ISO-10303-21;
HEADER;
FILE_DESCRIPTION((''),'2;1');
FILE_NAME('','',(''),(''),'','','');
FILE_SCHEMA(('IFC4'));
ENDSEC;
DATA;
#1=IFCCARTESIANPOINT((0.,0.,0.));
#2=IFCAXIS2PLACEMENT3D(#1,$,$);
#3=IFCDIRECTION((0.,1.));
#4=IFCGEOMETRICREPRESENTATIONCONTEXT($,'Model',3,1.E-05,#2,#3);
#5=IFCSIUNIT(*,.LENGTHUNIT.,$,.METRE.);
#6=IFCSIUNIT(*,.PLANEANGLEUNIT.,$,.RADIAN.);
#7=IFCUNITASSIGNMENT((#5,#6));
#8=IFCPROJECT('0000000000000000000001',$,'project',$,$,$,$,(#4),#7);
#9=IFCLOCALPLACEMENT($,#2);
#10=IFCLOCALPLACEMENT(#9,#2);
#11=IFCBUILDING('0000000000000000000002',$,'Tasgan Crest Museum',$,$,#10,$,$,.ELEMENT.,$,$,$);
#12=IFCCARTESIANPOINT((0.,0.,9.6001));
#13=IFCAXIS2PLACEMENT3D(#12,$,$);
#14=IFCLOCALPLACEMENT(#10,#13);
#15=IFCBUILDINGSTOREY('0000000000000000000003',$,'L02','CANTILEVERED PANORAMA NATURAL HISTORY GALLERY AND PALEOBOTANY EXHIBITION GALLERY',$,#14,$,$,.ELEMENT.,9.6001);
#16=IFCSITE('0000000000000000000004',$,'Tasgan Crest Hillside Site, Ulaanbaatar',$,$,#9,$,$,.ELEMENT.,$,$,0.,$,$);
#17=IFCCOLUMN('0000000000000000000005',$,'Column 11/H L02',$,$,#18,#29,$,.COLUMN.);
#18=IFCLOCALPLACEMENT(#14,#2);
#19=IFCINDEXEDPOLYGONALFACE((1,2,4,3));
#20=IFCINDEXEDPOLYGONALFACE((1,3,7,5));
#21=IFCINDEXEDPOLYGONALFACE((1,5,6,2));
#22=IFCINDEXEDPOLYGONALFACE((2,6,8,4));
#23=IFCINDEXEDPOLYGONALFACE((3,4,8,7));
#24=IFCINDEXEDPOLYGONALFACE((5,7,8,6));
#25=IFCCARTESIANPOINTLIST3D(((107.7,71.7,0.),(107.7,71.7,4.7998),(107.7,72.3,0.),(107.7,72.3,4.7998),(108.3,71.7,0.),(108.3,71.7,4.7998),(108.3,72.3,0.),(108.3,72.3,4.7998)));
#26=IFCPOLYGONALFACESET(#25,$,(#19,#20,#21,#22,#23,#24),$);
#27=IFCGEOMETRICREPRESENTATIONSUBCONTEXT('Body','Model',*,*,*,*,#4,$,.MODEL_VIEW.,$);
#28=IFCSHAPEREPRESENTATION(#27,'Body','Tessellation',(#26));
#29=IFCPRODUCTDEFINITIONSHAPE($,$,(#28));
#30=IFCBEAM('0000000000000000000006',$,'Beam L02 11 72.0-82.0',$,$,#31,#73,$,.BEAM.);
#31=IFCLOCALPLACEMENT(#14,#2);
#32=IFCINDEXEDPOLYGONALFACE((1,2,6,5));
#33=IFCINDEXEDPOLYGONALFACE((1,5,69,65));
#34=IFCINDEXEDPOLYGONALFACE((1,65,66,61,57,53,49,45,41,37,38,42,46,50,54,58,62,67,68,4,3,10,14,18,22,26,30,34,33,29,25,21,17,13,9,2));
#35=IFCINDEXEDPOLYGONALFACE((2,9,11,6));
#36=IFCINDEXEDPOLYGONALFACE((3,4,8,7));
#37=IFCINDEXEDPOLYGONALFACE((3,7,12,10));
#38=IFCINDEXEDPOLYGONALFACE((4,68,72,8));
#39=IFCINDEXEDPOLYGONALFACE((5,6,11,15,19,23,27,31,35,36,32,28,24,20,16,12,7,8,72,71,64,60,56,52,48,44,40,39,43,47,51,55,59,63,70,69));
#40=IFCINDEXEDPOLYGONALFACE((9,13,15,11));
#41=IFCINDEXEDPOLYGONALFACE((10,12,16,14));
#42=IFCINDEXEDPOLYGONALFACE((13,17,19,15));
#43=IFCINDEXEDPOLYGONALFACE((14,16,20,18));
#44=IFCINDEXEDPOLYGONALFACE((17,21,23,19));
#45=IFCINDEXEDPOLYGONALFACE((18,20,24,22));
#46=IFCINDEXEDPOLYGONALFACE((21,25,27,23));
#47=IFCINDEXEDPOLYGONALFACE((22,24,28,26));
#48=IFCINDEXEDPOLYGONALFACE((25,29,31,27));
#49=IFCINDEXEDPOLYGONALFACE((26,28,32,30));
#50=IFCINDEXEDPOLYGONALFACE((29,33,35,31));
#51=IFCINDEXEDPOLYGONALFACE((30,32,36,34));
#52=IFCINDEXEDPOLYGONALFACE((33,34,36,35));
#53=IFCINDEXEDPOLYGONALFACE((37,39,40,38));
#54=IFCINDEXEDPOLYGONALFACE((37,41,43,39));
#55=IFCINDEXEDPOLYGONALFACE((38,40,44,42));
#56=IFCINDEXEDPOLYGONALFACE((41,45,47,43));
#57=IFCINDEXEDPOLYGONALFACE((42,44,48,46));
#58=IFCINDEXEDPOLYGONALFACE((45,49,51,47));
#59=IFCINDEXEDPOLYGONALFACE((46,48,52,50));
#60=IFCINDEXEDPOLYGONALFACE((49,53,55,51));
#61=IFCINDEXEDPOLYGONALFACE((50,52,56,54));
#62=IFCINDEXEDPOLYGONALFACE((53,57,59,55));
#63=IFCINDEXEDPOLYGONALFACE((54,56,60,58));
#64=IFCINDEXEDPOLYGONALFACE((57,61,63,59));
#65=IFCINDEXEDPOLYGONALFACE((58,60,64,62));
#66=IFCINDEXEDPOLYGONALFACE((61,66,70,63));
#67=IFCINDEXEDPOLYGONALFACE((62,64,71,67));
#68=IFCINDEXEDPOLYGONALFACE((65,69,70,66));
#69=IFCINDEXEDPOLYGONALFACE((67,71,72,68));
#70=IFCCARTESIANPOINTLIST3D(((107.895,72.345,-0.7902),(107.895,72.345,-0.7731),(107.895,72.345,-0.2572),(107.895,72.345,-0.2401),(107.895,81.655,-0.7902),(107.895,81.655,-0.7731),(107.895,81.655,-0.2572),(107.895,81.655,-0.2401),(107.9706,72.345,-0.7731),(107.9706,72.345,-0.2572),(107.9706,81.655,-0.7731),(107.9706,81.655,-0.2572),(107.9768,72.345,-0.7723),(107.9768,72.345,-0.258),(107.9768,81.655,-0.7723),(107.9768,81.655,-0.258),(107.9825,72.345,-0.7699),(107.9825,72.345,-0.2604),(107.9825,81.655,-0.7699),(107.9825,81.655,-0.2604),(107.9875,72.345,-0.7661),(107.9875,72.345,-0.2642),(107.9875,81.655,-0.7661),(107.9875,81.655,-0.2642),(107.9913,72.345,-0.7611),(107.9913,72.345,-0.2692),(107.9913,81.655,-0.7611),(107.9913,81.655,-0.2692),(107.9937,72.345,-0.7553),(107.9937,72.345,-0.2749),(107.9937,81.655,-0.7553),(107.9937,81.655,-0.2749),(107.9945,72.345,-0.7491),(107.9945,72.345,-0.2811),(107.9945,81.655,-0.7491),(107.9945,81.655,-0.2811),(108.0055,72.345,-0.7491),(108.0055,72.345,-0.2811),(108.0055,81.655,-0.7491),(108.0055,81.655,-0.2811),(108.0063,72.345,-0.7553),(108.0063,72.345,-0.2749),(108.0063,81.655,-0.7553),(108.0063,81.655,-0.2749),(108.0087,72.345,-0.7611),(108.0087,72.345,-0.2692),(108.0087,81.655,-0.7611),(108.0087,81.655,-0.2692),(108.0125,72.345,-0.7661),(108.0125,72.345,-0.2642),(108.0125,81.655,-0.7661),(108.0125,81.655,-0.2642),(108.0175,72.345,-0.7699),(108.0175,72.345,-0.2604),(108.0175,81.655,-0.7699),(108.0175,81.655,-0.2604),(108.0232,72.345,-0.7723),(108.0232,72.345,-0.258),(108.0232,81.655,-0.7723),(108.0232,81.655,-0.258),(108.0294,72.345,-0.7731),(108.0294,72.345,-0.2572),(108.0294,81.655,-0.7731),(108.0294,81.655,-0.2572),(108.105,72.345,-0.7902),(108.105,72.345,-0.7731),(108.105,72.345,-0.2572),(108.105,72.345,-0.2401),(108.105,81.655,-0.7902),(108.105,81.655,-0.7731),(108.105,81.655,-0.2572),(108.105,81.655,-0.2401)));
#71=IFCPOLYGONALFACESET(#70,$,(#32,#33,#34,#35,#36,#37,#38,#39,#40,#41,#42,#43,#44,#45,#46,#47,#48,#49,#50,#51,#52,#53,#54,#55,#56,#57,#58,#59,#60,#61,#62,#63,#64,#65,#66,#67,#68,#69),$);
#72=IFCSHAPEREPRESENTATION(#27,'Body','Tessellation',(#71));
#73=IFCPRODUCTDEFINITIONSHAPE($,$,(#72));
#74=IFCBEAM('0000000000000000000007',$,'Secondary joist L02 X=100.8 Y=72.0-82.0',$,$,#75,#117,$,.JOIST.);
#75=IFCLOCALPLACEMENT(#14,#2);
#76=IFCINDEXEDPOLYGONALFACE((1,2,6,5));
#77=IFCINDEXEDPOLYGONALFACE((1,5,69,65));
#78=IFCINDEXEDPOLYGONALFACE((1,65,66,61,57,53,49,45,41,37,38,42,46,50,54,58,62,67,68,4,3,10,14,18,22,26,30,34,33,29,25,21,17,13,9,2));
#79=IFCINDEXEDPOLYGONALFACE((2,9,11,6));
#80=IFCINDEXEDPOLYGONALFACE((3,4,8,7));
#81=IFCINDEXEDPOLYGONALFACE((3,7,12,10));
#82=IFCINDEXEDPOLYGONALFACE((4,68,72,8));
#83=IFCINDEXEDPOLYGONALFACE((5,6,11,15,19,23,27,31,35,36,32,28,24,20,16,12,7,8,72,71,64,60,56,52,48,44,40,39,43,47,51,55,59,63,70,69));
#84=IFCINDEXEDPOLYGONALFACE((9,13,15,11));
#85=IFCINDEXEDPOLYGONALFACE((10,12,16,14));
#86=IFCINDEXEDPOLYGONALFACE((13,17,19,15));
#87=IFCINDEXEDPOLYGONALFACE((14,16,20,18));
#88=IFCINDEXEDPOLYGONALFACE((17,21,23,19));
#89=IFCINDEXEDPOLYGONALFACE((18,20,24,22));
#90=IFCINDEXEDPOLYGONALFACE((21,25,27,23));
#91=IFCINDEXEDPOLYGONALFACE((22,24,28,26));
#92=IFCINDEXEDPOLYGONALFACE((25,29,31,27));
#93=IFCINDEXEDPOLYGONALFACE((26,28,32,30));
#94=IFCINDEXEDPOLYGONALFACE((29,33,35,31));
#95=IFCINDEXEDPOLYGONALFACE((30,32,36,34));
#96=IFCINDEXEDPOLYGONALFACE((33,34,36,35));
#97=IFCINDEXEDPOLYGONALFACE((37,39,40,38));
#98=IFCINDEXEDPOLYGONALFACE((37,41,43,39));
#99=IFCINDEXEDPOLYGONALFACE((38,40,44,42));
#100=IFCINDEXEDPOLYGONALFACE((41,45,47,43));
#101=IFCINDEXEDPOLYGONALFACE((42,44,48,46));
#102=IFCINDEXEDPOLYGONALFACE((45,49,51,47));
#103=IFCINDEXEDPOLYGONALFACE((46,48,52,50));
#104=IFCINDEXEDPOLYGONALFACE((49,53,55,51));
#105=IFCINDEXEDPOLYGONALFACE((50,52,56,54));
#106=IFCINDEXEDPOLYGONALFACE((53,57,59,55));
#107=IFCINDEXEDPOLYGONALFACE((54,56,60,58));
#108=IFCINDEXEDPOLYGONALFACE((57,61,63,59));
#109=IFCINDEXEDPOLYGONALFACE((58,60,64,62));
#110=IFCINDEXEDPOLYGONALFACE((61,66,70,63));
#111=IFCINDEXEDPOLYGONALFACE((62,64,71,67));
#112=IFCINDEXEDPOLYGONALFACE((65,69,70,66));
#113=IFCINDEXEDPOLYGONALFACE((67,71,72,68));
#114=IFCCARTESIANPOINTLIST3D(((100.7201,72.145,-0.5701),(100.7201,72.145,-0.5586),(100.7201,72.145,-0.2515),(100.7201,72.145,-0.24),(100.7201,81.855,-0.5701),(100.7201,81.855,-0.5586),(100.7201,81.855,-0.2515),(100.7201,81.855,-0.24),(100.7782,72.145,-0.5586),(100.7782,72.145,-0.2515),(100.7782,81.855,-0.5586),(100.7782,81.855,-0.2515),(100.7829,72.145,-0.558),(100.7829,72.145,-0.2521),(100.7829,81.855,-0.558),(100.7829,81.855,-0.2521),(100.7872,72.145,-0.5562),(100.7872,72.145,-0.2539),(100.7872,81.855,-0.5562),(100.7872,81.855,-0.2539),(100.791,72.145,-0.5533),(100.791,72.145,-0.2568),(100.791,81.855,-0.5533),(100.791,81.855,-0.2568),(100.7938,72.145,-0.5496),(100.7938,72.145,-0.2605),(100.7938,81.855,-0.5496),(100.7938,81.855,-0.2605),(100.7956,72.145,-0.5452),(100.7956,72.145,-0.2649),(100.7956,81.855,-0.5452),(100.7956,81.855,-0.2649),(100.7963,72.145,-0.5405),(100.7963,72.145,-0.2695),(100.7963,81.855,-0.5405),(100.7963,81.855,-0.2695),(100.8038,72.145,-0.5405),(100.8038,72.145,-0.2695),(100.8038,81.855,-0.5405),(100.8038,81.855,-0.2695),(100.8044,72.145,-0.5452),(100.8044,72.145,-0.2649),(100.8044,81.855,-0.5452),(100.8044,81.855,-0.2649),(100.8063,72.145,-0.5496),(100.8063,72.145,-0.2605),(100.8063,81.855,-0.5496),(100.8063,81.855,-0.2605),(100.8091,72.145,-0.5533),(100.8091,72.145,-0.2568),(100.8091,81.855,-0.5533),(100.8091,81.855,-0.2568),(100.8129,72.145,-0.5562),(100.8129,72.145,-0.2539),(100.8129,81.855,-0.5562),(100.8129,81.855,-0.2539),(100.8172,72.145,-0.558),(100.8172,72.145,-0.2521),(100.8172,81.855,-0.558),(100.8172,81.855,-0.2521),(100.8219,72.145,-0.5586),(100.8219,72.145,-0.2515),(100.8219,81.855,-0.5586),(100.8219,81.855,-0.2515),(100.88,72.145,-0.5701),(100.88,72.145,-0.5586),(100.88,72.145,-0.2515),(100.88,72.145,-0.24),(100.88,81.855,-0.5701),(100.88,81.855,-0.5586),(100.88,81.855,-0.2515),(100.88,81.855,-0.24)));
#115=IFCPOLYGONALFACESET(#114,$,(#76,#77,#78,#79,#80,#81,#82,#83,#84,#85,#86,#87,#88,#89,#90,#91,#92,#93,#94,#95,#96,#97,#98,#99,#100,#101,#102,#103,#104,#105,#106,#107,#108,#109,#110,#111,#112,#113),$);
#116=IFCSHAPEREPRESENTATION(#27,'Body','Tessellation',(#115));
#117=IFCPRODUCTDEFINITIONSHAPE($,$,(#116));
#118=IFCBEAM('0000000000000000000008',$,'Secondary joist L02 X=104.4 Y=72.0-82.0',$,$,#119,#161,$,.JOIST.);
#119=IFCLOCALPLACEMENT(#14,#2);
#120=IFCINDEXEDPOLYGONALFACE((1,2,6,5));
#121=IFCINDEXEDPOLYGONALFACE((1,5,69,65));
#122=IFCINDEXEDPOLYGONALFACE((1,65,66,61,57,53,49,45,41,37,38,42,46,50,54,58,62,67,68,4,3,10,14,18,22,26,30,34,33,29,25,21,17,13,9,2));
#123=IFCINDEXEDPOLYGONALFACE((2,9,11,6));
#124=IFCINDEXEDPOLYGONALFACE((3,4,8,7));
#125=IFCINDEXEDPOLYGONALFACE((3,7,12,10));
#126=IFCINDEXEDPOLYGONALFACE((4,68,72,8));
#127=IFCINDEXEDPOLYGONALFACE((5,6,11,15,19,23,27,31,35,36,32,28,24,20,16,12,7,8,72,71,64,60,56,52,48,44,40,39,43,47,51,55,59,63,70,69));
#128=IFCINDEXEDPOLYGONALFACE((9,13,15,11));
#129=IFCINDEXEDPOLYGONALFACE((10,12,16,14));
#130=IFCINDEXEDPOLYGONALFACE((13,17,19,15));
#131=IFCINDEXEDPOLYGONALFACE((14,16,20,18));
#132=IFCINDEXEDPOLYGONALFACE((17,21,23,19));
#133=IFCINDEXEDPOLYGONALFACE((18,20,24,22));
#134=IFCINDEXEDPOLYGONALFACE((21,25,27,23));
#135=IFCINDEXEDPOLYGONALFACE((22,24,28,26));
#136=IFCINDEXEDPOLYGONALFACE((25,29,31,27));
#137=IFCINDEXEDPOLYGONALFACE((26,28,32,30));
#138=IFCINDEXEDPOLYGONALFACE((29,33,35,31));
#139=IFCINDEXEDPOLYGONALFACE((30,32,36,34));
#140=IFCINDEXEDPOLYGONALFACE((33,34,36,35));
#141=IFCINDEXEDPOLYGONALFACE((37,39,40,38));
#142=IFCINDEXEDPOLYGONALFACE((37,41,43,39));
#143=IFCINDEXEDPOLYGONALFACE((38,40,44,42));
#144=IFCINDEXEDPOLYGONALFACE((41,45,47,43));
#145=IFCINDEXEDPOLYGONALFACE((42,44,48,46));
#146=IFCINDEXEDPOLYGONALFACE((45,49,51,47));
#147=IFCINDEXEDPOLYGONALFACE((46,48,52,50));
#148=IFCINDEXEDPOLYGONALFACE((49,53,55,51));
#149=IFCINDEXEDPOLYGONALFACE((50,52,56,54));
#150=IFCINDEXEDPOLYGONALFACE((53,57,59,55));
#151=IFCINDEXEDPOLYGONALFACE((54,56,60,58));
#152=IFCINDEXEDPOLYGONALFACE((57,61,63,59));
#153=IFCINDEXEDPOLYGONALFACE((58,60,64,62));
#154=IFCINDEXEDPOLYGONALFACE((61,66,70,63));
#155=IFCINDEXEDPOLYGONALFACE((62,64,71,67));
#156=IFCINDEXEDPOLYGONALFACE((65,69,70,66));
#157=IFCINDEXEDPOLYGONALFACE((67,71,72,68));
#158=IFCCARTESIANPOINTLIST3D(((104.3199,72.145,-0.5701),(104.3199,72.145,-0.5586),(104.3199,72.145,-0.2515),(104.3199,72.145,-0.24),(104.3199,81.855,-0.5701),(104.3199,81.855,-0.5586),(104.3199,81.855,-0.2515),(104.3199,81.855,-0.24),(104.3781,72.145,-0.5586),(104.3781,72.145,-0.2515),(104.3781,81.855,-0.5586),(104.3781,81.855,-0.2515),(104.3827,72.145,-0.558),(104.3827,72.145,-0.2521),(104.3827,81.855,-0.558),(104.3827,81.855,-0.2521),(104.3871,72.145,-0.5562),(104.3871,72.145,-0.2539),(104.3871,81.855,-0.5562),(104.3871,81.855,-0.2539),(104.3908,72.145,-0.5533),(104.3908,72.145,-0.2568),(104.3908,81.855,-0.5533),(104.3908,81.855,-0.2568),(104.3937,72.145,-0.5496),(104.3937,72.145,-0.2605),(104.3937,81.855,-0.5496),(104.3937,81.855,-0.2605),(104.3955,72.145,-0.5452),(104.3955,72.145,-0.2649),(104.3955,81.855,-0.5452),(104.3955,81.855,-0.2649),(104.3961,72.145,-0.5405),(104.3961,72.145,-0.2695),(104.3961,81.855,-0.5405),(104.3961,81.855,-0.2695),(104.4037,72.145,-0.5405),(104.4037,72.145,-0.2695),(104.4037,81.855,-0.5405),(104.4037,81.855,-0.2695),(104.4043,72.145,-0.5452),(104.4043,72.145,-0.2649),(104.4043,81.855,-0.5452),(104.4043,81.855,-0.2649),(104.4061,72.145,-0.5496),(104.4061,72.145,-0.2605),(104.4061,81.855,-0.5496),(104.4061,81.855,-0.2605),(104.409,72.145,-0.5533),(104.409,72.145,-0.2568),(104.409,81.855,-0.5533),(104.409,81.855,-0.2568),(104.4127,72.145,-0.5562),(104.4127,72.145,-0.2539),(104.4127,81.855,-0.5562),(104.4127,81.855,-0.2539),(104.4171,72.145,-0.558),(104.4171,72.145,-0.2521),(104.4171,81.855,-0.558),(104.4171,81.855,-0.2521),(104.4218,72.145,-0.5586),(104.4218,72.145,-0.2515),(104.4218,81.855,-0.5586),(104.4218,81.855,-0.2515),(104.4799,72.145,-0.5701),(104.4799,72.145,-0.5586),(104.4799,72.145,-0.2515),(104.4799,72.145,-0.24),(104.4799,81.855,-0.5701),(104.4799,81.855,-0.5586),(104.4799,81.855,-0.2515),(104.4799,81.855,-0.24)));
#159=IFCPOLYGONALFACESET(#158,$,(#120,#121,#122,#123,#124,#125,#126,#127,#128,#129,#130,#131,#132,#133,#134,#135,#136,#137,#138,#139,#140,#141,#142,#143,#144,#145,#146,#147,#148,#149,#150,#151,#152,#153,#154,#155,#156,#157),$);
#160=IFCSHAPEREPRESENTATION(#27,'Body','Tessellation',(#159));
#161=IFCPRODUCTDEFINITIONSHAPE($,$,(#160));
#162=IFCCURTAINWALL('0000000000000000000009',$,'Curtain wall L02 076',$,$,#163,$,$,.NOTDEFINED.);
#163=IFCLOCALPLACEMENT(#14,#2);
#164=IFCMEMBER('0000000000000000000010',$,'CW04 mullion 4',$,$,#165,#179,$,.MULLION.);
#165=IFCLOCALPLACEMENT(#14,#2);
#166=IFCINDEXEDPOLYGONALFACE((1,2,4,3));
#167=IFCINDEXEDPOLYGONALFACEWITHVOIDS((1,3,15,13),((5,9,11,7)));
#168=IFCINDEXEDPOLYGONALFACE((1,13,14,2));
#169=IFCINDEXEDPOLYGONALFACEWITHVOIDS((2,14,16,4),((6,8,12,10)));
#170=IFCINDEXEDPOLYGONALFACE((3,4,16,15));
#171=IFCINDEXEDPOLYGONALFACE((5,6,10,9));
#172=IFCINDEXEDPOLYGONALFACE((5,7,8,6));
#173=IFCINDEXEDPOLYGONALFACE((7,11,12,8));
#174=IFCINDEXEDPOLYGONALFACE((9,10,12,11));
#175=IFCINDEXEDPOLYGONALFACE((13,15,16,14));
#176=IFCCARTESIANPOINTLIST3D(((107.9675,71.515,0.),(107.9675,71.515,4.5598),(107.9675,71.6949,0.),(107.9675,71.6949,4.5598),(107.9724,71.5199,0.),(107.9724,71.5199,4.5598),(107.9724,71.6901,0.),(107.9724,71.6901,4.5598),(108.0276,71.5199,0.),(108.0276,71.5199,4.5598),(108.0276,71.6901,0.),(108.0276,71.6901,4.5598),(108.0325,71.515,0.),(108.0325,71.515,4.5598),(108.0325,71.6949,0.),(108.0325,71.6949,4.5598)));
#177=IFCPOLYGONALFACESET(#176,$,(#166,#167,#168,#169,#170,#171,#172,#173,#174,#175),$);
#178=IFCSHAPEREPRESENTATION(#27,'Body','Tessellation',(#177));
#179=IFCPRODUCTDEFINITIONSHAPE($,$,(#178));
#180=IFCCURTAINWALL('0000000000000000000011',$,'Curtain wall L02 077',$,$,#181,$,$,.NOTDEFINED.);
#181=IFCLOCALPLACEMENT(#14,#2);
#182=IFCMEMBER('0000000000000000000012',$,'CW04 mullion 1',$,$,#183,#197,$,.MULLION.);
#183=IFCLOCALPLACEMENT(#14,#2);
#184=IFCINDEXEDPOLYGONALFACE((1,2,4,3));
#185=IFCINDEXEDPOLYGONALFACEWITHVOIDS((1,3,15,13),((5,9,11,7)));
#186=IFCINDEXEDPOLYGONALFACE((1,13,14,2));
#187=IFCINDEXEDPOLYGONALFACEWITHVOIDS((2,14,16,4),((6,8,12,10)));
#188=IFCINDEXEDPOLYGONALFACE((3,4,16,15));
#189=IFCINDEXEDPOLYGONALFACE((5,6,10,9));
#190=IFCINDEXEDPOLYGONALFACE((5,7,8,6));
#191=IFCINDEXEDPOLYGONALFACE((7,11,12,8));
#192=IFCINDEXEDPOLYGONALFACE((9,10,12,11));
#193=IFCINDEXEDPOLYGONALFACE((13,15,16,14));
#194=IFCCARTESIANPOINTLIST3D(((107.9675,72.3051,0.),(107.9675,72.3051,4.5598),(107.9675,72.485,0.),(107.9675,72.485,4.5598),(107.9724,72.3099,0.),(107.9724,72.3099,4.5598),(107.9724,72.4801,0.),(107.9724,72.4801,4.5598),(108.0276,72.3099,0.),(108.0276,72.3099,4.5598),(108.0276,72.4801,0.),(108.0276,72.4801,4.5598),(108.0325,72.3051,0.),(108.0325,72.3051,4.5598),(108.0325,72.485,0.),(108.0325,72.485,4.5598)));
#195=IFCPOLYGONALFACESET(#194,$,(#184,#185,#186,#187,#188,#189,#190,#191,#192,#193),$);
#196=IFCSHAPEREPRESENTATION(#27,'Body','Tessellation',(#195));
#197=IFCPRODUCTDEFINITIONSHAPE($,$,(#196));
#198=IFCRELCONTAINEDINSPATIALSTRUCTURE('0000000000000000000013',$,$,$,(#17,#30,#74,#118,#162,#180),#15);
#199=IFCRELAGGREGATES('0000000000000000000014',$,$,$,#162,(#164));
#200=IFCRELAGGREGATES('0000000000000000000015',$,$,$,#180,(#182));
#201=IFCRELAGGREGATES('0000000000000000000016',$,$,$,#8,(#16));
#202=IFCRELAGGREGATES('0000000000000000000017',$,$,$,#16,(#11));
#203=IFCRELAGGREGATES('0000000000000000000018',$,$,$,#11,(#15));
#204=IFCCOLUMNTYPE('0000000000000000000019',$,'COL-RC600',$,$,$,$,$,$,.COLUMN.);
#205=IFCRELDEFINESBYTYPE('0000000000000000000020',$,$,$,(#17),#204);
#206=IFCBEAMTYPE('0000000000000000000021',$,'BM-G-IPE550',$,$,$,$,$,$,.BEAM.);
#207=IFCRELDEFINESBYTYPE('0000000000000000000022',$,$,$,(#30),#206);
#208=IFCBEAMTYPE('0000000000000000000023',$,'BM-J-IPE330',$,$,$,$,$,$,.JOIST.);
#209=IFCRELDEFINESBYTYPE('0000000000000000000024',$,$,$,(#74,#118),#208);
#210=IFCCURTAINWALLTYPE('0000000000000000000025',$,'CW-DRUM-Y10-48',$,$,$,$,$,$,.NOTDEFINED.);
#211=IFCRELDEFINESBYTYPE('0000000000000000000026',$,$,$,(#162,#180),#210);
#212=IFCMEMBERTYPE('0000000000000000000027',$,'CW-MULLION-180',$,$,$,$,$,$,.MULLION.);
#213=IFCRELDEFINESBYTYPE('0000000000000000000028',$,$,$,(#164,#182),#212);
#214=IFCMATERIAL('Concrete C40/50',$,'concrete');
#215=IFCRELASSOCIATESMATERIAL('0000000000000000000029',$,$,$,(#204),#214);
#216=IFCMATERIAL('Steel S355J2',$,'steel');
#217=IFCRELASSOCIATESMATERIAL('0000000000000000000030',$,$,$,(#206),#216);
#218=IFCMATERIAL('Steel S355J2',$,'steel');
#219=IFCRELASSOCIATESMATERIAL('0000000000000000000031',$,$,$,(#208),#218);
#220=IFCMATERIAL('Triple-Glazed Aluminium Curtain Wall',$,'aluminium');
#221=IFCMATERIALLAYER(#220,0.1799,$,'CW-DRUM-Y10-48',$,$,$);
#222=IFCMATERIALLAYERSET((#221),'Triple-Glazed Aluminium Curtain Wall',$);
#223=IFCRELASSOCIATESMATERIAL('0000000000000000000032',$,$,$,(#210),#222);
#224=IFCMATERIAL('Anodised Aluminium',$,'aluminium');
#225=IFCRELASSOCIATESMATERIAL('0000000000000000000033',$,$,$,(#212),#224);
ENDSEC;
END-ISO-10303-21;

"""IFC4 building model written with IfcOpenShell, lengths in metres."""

from ifc_helpers import new_model, si_unit, direction, frame, origin, origin_2d, place, context, subcontext, project, spatial, rectangle, hollow_rectangle, i_section, extrude, material, layer, layer_set, material_profile, profile_set, type_object, element, aggregate, save


model = new_model("IFC4")

# Units and contexts
model_context = context("Model", 3, precision=1e-05, world=origin(), true_north=direction((0.0, 1.0)))
body_context = subcontext(model_context, "Body", "Model", "MODEL_VIEW")
ifc_project = project(units=[si_unit("LENGTHUNIT", "METRE"), si_unit("PLANEANGLEUNIT", "RADIAN")], contexts=[model_context])

# Site, building, storey
site_placement = place(None, origin())
site = spatial("IfcSite", under=ifc_project, at=site_placement, Name="Tasgan Crest Hillside Site, Ulaanbaatar", CompositionType="ELEMENT", RefElevation=0.0)
building_placement = place(site_placement, origin())
building = spatial("IfcBuilding", under=site, at=building_placement, Name="Tasgan Crest Museum", CompositionType="ELEMENT")
storey_placement = place(building_placement, frame((0.0, 0.0, 9.6001)))
storey = spatial("IfcBuildingStorey", under=building, at=storey_placement, Name="L02", Description="CANTILEVERED PANORAMA NATURAL HISTORY GALLERY AND PALEOBOTANY EXHIBITION GALLERY", CompositionType="ELEMENT", Elevation=9.6001)

# Column
ifc_material_1 = material(Name="Concrete C40/50", Category="concrete")
ifc_material_profile_1 = material_profile(ifc_material_1, rectangle(XDim=0.6001, YDim=0.6001, at=origin_2d()), Name="RC 600x600")
ifc_profile_set_1 = profile_set([ifc_material_profile_1], Name="Concrete C40/50")
column_type = type_object("IfcColumnType", Name="COL-RC600", PredefinedType="COLUMN", material=ifc_profile_set_1)
column_placement = place(storey_placement, frame((108.0, 72.0, 0.0), z_axis=(0.0, 0.0, 1.0), x_axis=(1.0, 0.0, 0.0)))
element("IfcColumn", 1, at=column_placement, inside=storey, type_object=column_type, Name="Column 11/H L02", PredefinedType="COLUMN", context=body_context, shape_type="SweptSolid", body=[
    extrude(rectangle(XDim=0.6001, YDim=0.6001, at=origin_2d()), origin(), (0.0, 0.0, 1.0), 4.7998),
])

# Beams
ifc_material_2 = material(Name="Steel S355J2", Category="steel")
ifc_material_profile_2 = material_profile(ifc_material_2, i_section(OverallWidth=0.21, OverallDepth=0.55, WebThickness=0.011, FlangeThickness=0.0171, FilletRadius=0.0239, at=origin_2d()), Name="IPE 550")
ifc_profile_set_2 = profile_set([ifc_material_profile_2], Name="Steel S355J2")
beam_type_1 = type_object("IfcBeamType", Name="BM-G-IPE550", PredefinedType="BEAM", material=ifc_profile_set_2)
beam_placement = place(storey_placement, frame((108.0, 72.345, -0.5151), z_axis=(0.0, 1.0, 0.0), x_axis=(-1.0, 0.0, 0.0)))
element("IfcBeam", 2, at=beam_placement, inside=storey, type_object=beam_type_1, Name="Beam L02 11 72.0-82.0", PredefinedType="BEAM", context=body_context, shape_type="SweptSolid", body=[
    extrude(i_section(OverallWidth=0.21, OverallDepth=0.55, WebThickness=0.011, FlangeThickness=0.0171, FilletRadius=0.0239, at=origin_2d()), origin(), (0.0, 0.0, 1.0), 9.3101),
])
ifc_material_3 = material(Name="Steel S355J2", Category="steel")
ifc_material_profile_3 = material_profile(ifc_material_3, i_section(OverallWidth=0.1599, OverallDepth=0.3301, WebThickness=0.0076, FlangeThickness=0.0115, FilletRadius=0.0181, at=origin_2d()), Name="IPE 330")
ifc_profile_set_3 = profile_set([ifc_material_profile_3], Name="Steel S355J2")
beam_type_2 = type_object("IfcBeamType", Name="BM-J-IPE330", PredefinedType="JOIST", material=ifc_profile_set_3)
for number, where, z_axis, x_axis, name in (
    (3, (100.8, 72.145, -0.405), (0.0, 1.0, 0.0), (-1.0, 0.0, 0.0), "Secondary joist L02 X=100.8 Y=72.0-82.0"),
    (4, (104.3999, 72.145, -0.405), (0.0, 1.0, 0.0), (-1.0, 0.0, 0.0), "Secondary joist L02 X=104.4 Y=72.0-82.0"),
):
    element("IfcBeam", number, at=place(storey_placement, frame(where, z_axis=z_axis, x_axis=x_axis)), inside=storey, type_object=beam_type_2, Name=name, PredefinedType="JOIST", context=body_context, shape_type="SweptSolid", body=[
        extrude(i_section(OverallWidth=0.1599, OverallDepth=0.3301, WebThickness=0.0076, FlangeThickness=0.0115, FilletRadius=0.0181, at=origin_2d()), origin(), (0.0, 0.0, 1.0), 9.71),
    ])

# Curtain wall, member
ifc_material_4 = material(Name="Triple-Glazed Aluminium Curtain Wall", Category="aluminium")
ifc_layer_1 = layer(ifc_material_4, 0.1799, Name="CW-DRUM-Y10-48")
ifc_layer_set_1 = layer_set([ifc_layer_1], Name="Triple-Glazed Aluminium Curtain Wall")
curtain_wall_type = type_object("IfcCurtainWallType", Name="CW-DRUM-Y10-48", PredefinedType="NOTDEFINED", material=ifc_layer_set_1)
curtain_wall_1_placement = place(storey_placement, origin())
curtain_wall_1 = element("IfcCurtainWall", 5, at=curtain_wall_1_placement, inside=storey, type_object=curtain_wall_type, Name="Curtain wall L02 076", PredefinedType="NOTDEFINED")
ifc_material_5 = material(Name="Anodised Aluminium", Category="aluminium")
ifc_material_profile_4 = material_profile(ifc_material_5, hollow_rectangle(XDim=0.0649, YDim=0.1799, WallThickness=0.0049, at=origin_2d()), Name="ALU MULLION 180x65x5")
ifc_profile_set_4 = profile_set([ifc_material_profile_4], Name="Anodised Aluminium")
member_type_1 = type_object("IfcMemberType", Name="CW-MULLION-180", PredefinedType="MULLION", material=ifc_profile_set_4)
member_1_placement = place(storey_placement, frame((108.0, 71.605, 0.0), z_axis=(0.0, 0.0, 1.0), x_axis=(-1.0, 0.0, 0.0)))
member_1 = element("IfcMember", 6, at=member_1_placement, type_object=member_type_1, Name="CW04 mullion 4", PredefinedType="MULLION", context=body_context, shape_type="SweptSolid", body=[
    extrude(hollow_rectangle(XDim=0.0649, YDim=0.1799, WallThickness=0.0049, at=origin_2d()), origin(), (0.0, 0.0, 1.0), 4.5598),
])

# Curtain wall, member
curtain_wall_2_placement = place(storey_placement, origin())
curtain_wall_2 = element("IfcCurtainWall", 7, at=curtain_wall_2_placement, inside=storey, type_object=curtain_wall_type, Name="Curtain wall L02 077", PredefinedType="NOTDEFINED")
member_2_placement = place(storey_placement, frame((108.0, 72.395, 0.0), z_axis=(0.0, 0.0, 1.0), x_axis=(-1.0, 0.0, 0.0)))
member_2 = element("IfcMember", 8, at=member_2_placement, type_object=member_type_1, Name="CW04 mullion 1", PredefinedType="MULLION", context=body_context, shape_type="SweptSolid", body=[
    extrude(hollow_rectangle(XDim=0.0649, YDim=0.1799, WallThickness=0.0049, at=origin_2d()), origin(), (0.0, 0.0, 1.0), 4.5598),
])

aggregate(curtain_wall_1, [member_1])
aggregate(curtain_wall_2, [member_2])

save(model, "model.ifc")
